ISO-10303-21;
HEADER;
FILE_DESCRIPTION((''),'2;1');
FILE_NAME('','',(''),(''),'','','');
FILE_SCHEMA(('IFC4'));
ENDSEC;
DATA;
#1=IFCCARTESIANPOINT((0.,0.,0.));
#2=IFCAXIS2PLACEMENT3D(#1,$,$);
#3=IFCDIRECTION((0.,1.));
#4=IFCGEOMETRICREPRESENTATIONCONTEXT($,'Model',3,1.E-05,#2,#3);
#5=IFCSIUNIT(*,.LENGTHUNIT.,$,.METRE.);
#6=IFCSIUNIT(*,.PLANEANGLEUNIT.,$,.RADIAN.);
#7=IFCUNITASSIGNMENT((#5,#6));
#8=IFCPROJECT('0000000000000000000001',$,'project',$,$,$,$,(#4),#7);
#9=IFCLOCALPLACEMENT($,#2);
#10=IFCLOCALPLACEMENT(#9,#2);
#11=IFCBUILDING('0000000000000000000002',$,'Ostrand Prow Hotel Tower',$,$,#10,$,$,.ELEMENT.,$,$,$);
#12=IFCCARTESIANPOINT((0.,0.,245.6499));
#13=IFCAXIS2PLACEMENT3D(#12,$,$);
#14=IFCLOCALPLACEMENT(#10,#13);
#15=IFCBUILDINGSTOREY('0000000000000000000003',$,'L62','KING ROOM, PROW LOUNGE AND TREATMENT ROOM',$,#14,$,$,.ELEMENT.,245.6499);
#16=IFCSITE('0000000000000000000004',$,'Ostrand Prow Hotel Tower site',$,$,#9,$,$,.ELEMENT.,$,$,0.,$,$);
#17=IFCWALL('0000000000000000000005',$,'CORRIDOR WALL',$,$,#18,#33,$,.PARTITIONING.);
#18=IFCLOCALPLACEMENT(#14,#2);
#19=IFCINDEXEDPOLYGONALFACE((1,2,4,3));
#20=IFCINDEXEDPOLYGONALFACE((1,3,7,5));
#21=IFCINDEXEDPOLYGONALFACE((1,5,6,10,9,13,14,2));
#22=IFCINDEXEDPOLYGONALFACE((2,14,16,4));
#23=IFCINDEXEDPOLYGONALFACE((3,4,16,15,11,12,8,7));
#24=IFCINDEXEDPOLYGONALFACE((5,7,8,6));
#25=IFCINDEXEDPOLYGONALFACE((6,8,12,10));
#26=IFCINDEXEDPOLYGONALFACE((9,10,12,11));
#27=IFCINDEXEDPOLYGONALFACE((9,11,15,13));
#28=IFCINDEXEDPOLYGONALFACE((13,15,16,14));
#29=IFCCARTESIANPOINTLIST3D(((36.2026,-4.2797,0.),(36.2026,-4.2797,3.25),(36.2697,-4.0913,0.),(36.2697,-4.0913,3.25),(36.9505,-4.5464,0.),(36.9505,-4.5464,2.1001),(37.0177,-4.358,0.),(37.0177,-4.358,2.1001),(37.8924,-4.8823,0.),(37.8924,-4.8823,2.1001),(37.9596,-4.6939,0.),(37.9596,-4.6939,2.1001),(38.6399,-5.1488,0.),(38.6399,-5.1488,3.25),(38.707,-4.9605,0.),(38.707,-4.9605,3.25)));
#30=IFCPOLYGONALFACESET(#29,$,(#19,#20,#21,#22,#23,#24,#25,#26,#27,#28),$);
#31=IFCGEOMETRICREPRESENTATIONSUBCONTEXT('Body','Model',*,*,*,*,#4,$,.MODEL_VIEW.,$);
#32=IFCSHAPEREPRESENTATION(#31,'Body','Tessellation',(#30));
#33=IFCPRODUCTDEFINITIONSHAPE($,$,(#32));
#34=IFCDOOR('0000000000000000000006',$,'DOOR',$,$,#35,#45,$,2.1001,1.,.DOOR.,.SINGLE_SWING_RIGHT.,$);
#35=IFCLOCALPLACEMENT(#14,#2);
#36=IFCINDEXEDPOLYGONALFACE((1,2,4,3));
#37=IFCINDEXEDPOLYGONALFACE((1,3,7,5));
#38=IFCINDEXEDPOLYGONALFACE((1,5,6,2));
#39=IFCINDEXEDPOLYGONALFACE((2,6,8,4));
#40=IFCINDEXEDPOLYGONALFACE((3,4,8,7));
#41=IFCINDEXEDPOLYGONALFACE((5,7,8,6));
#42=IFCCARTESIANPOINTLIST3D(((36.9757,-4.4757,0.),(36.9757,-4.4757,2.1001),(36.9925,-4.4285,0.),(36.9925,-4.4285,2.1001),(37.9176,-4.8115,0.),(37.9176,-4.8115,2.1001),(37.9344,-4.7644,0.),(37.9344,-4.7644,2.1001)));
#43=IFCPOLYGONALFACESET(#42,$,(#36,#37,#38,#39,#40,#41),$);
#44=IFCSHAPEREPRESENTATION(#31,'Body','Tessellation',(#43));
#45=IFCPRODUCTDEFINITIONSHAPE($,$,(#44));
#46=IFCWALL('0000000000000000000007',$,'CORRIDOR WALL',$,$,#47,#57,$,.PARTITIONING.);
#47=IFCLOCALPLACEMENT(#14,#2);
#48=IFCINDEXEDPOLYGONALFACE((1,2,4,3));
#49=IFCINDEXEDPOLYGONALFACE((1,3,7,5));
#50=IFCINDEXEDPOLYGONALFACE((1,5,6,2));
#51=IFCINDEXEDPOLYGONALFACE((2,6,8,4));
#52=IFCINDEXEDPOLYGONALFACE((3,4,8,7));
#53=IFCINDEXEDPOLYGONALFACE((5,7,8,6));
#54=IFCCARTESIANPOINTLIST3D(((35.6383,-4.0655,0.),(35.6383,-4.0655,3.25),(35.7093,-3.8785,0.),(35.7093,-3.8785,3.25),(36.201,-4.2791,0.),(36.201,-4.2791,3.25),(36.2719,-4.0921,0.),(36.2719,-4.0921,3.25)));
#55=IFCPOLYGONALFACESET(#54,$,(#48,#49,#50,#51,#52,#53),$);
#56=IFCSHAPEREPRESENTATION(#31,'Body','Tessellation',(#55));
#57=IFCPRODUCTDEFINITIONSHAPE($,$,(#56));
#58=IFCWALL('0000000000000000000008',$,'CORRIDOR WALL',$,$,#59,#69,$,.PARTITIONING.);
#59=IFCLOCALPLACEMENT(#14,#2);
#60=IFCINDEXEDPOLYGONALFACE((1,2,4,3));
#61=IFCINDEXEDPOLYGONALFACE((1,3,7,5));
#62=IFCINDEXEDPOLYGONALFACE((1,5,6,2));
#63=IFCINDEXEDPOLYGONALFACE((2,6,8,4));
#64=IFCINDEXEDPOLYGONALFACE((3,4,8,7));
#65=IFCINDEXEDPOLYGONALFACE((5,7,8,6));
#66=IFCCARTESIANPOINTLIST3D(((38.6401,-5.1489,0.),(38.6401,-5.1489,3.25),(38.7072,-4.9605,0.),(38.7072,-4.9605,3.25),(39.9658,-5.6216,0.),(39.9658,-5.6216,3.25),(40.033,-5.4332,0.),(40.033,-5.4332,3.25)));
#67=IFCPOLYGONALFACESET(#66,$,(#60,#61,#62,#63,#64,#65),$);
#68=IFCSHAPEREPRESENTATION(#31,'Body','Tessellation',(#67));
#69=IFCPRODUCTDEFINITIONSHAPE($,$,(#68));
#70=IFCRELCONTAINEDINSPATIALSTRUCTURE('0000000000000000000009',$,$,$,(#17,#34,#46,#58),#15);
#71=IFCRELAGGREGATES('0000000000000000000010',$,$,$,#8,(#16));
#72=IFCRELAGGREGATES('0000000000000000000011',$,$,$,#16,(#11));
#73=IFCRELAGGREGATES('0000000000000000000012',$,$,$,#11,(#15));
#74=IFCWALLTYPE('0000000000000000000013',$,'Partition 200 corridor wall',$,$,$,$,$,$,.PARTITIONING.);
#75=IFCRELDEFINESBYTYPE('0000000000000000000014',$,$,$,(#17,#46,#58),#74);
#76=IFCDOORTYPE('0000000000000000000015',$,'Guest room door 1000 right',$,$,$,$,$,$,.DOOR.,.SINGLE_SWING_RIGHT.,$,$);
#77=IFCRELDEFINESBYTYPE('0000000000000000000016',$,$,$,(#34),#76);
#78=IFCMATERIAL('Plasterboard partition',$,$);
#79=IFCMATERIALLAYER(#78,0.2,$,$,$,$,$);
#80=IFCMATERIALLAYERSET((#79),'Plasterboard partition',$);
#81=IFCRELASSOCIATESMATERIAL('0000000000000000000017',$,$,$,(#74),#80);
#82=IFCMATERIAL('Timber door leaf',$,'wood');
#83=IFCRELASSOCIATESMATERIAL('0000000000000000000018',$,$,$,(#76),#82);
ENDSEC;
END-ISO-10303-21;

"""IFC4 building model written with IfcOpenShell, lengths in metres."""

from ifc_helpers import new_model, si_unit, direction, frame, frame_2d, origin, place, context, subcontext, project, spatial, rectangle, extrude, material, layer, layer_set, type_object, element, fill, save


model = new_model("IFC4")

# Units and contexts
model_context = context("Model", 3, precision=1e-05, world=origin(), true_north=direction((0.0, 1.0)))
body_context = subcontext(model_context, "Body", "Model", "MODEL_VIEW")
ifc_project = project(units=[si_unit("LENGTHUNIT", "METRE"), si_unit("PLANEANGLEUNIT", "RADIAN")], contexts=[model_context])

# Site, building, storey
site_placement = place(None, origin())
site = spatial("IfcSite", under=ifc_project, at=site_placement, Name="Ostrand Prow Hotel Tower site", CompositionType="ELEMENT", RefElevation=0.0)
building_placement = place(site_placement, origin())
building = spatial("IfcBuilding", under=site, at=building_placement, Name="Ostrand Prow Hotel Tower", CompositionType="ELEMENT")
storey_placement = place(building_placement, frame((0.0, 0.0, 245.6499)))
storey = spatial("IfcBuildingStorey", under=building, at=storey_placement, Name="L62", Description="KING ROOM, PROW LOUNGE AND TREATMENT ROOM", CompositionType="ELEMENT", Elevation=245.6499)

# Shared definitions
ifc_material_1 = material(Name="Plasterboard partition")
ifc_layer_1 = layer(ifc_material_1, 0.2)
ifc_layer_set_1 = layer_set([ifc_layer_1], Name="Plasterboard partition")
wall_type_1 = type_object("IfcWallType", Name="Partition 200 corridor wall", PredefinedType="PARTITIONING", material=ifc_layer_set_1)

# Wall, opening, door
wall_1_placement = place(storey_placement, frame((38.6736, -5.0547, 0.0), z_axis=(0.0, 0.0, 1.0), x_axis=(-0.941902, 0.335888, 0.0)))
wall_1 = element("IfcWall", 1, at=wall_1_placement, inside=storey, type_object=wall_type_1, Name="CORRIDOR WALL", PredefinedType="PARTITIONING", context=body_context, shape_type="SweptSolid", body=[
    extrude(rectangle(XDim=2.5876, YDim=0.2, at=frame_2d((1.2939, 0.0))), origin(), (0.0, 0.0, 1.0), 3.25),
])
opening_1_placement = place(wall_1_placement, frame((0.7937, 0.0, 0.0)))
opening_1 = element("IfcOpeningElement", 2, at=opening_1_placement, cuts=wall_1, PredefinedType="OPENING", context=body_context, shape_type="SweptSolid", body=[
    extrude(rectangle(XDim=1.0, YDim=2.1001, at=frame_2d((0.5, 1.05))), frame((0.0, 0.1099, 0.0), z_axis=(0.0, -1.0, 0.0), x_axis=(1.0, 0.0, 0.0)), (0.0, 0.0, 1.0), 0.22),
])
ifc_material_2 = material(Name="Timber door leaf", Category="wood")
door_type_1 = type_object("IfcDoorType", Name="Guest room door 1000 right", OperationType="SINGLE_SWING_RIGHT", PredefinedType="DOOR", material=ifc_material_2)
door_1_placement = place(opening_1_placement, origin())
door_1 = element("IfcDoor", 3, at=door_1_placement, inside=storey, type_object=door_type_1, Name="DOOR", OperationType="SINGLE_SWING_RIGHT", OverallHeight=2.1001, OverallWidth=1.0, PredefinedType="DOOR", context=body_context, shape_type="SweptSolid", body=[
    extrude(rectangle(XDim=1.0, YDim=2.1001, at=frame_2d((0.5, 1.05))), frame((0.0, 0.0249, 0.0), z_axis=(0.0, -1.0, 0.0), x_axis=(1.0, 0.0, 0.0)), (0.0, 0.0, 1.0), 0.05),
])
fill(opening_1, door_1)

# Walls
wall_2_placement = place(storey_placement, frame((36.2363, -4.1855, 0.0), z_axis=(0.0, 0.0, 1.0), x_axis=(-0.934905, 0.354899, 0.0)))
element("IfcWall", 4, at=wall_2_placement, inside=storey, type_object=wall_type_1, Name="CORRIDOR WALL", PredefinedType="PARTITIONING", context=body_context, shape_type="SweptSolid", body=[
    extrude(rectangle(XDim=0.6018, YDim=0.2, at=frame_2d((0.3008, 0.0))), origin(), (0.0, 0.0, 1.0), 3.25),
])
wall_3_placement = place(storey_placement, frame((39.9993, -5.5273, 0.0), z_axis=(0.0, 0.0, 1.0), x_axis=(-0.941922, 0.335831, 0.0)))
element("IfcWall", 5, at=wall_3_placement, inside=storey, type_object=wall_type_1, Name="CORRIDOR WALL", PredefinedType="PARTITIONING", context=body_context, shape_type="SweptSolid", body=[
    extrude(rectangle(XDim=1.4075, YDim=0.2, at=frame_2d((0.7036, 0.0))), origin(), (0.0, 0.0, 1.0), 3.25),
])

save(model, "model.ifc")
